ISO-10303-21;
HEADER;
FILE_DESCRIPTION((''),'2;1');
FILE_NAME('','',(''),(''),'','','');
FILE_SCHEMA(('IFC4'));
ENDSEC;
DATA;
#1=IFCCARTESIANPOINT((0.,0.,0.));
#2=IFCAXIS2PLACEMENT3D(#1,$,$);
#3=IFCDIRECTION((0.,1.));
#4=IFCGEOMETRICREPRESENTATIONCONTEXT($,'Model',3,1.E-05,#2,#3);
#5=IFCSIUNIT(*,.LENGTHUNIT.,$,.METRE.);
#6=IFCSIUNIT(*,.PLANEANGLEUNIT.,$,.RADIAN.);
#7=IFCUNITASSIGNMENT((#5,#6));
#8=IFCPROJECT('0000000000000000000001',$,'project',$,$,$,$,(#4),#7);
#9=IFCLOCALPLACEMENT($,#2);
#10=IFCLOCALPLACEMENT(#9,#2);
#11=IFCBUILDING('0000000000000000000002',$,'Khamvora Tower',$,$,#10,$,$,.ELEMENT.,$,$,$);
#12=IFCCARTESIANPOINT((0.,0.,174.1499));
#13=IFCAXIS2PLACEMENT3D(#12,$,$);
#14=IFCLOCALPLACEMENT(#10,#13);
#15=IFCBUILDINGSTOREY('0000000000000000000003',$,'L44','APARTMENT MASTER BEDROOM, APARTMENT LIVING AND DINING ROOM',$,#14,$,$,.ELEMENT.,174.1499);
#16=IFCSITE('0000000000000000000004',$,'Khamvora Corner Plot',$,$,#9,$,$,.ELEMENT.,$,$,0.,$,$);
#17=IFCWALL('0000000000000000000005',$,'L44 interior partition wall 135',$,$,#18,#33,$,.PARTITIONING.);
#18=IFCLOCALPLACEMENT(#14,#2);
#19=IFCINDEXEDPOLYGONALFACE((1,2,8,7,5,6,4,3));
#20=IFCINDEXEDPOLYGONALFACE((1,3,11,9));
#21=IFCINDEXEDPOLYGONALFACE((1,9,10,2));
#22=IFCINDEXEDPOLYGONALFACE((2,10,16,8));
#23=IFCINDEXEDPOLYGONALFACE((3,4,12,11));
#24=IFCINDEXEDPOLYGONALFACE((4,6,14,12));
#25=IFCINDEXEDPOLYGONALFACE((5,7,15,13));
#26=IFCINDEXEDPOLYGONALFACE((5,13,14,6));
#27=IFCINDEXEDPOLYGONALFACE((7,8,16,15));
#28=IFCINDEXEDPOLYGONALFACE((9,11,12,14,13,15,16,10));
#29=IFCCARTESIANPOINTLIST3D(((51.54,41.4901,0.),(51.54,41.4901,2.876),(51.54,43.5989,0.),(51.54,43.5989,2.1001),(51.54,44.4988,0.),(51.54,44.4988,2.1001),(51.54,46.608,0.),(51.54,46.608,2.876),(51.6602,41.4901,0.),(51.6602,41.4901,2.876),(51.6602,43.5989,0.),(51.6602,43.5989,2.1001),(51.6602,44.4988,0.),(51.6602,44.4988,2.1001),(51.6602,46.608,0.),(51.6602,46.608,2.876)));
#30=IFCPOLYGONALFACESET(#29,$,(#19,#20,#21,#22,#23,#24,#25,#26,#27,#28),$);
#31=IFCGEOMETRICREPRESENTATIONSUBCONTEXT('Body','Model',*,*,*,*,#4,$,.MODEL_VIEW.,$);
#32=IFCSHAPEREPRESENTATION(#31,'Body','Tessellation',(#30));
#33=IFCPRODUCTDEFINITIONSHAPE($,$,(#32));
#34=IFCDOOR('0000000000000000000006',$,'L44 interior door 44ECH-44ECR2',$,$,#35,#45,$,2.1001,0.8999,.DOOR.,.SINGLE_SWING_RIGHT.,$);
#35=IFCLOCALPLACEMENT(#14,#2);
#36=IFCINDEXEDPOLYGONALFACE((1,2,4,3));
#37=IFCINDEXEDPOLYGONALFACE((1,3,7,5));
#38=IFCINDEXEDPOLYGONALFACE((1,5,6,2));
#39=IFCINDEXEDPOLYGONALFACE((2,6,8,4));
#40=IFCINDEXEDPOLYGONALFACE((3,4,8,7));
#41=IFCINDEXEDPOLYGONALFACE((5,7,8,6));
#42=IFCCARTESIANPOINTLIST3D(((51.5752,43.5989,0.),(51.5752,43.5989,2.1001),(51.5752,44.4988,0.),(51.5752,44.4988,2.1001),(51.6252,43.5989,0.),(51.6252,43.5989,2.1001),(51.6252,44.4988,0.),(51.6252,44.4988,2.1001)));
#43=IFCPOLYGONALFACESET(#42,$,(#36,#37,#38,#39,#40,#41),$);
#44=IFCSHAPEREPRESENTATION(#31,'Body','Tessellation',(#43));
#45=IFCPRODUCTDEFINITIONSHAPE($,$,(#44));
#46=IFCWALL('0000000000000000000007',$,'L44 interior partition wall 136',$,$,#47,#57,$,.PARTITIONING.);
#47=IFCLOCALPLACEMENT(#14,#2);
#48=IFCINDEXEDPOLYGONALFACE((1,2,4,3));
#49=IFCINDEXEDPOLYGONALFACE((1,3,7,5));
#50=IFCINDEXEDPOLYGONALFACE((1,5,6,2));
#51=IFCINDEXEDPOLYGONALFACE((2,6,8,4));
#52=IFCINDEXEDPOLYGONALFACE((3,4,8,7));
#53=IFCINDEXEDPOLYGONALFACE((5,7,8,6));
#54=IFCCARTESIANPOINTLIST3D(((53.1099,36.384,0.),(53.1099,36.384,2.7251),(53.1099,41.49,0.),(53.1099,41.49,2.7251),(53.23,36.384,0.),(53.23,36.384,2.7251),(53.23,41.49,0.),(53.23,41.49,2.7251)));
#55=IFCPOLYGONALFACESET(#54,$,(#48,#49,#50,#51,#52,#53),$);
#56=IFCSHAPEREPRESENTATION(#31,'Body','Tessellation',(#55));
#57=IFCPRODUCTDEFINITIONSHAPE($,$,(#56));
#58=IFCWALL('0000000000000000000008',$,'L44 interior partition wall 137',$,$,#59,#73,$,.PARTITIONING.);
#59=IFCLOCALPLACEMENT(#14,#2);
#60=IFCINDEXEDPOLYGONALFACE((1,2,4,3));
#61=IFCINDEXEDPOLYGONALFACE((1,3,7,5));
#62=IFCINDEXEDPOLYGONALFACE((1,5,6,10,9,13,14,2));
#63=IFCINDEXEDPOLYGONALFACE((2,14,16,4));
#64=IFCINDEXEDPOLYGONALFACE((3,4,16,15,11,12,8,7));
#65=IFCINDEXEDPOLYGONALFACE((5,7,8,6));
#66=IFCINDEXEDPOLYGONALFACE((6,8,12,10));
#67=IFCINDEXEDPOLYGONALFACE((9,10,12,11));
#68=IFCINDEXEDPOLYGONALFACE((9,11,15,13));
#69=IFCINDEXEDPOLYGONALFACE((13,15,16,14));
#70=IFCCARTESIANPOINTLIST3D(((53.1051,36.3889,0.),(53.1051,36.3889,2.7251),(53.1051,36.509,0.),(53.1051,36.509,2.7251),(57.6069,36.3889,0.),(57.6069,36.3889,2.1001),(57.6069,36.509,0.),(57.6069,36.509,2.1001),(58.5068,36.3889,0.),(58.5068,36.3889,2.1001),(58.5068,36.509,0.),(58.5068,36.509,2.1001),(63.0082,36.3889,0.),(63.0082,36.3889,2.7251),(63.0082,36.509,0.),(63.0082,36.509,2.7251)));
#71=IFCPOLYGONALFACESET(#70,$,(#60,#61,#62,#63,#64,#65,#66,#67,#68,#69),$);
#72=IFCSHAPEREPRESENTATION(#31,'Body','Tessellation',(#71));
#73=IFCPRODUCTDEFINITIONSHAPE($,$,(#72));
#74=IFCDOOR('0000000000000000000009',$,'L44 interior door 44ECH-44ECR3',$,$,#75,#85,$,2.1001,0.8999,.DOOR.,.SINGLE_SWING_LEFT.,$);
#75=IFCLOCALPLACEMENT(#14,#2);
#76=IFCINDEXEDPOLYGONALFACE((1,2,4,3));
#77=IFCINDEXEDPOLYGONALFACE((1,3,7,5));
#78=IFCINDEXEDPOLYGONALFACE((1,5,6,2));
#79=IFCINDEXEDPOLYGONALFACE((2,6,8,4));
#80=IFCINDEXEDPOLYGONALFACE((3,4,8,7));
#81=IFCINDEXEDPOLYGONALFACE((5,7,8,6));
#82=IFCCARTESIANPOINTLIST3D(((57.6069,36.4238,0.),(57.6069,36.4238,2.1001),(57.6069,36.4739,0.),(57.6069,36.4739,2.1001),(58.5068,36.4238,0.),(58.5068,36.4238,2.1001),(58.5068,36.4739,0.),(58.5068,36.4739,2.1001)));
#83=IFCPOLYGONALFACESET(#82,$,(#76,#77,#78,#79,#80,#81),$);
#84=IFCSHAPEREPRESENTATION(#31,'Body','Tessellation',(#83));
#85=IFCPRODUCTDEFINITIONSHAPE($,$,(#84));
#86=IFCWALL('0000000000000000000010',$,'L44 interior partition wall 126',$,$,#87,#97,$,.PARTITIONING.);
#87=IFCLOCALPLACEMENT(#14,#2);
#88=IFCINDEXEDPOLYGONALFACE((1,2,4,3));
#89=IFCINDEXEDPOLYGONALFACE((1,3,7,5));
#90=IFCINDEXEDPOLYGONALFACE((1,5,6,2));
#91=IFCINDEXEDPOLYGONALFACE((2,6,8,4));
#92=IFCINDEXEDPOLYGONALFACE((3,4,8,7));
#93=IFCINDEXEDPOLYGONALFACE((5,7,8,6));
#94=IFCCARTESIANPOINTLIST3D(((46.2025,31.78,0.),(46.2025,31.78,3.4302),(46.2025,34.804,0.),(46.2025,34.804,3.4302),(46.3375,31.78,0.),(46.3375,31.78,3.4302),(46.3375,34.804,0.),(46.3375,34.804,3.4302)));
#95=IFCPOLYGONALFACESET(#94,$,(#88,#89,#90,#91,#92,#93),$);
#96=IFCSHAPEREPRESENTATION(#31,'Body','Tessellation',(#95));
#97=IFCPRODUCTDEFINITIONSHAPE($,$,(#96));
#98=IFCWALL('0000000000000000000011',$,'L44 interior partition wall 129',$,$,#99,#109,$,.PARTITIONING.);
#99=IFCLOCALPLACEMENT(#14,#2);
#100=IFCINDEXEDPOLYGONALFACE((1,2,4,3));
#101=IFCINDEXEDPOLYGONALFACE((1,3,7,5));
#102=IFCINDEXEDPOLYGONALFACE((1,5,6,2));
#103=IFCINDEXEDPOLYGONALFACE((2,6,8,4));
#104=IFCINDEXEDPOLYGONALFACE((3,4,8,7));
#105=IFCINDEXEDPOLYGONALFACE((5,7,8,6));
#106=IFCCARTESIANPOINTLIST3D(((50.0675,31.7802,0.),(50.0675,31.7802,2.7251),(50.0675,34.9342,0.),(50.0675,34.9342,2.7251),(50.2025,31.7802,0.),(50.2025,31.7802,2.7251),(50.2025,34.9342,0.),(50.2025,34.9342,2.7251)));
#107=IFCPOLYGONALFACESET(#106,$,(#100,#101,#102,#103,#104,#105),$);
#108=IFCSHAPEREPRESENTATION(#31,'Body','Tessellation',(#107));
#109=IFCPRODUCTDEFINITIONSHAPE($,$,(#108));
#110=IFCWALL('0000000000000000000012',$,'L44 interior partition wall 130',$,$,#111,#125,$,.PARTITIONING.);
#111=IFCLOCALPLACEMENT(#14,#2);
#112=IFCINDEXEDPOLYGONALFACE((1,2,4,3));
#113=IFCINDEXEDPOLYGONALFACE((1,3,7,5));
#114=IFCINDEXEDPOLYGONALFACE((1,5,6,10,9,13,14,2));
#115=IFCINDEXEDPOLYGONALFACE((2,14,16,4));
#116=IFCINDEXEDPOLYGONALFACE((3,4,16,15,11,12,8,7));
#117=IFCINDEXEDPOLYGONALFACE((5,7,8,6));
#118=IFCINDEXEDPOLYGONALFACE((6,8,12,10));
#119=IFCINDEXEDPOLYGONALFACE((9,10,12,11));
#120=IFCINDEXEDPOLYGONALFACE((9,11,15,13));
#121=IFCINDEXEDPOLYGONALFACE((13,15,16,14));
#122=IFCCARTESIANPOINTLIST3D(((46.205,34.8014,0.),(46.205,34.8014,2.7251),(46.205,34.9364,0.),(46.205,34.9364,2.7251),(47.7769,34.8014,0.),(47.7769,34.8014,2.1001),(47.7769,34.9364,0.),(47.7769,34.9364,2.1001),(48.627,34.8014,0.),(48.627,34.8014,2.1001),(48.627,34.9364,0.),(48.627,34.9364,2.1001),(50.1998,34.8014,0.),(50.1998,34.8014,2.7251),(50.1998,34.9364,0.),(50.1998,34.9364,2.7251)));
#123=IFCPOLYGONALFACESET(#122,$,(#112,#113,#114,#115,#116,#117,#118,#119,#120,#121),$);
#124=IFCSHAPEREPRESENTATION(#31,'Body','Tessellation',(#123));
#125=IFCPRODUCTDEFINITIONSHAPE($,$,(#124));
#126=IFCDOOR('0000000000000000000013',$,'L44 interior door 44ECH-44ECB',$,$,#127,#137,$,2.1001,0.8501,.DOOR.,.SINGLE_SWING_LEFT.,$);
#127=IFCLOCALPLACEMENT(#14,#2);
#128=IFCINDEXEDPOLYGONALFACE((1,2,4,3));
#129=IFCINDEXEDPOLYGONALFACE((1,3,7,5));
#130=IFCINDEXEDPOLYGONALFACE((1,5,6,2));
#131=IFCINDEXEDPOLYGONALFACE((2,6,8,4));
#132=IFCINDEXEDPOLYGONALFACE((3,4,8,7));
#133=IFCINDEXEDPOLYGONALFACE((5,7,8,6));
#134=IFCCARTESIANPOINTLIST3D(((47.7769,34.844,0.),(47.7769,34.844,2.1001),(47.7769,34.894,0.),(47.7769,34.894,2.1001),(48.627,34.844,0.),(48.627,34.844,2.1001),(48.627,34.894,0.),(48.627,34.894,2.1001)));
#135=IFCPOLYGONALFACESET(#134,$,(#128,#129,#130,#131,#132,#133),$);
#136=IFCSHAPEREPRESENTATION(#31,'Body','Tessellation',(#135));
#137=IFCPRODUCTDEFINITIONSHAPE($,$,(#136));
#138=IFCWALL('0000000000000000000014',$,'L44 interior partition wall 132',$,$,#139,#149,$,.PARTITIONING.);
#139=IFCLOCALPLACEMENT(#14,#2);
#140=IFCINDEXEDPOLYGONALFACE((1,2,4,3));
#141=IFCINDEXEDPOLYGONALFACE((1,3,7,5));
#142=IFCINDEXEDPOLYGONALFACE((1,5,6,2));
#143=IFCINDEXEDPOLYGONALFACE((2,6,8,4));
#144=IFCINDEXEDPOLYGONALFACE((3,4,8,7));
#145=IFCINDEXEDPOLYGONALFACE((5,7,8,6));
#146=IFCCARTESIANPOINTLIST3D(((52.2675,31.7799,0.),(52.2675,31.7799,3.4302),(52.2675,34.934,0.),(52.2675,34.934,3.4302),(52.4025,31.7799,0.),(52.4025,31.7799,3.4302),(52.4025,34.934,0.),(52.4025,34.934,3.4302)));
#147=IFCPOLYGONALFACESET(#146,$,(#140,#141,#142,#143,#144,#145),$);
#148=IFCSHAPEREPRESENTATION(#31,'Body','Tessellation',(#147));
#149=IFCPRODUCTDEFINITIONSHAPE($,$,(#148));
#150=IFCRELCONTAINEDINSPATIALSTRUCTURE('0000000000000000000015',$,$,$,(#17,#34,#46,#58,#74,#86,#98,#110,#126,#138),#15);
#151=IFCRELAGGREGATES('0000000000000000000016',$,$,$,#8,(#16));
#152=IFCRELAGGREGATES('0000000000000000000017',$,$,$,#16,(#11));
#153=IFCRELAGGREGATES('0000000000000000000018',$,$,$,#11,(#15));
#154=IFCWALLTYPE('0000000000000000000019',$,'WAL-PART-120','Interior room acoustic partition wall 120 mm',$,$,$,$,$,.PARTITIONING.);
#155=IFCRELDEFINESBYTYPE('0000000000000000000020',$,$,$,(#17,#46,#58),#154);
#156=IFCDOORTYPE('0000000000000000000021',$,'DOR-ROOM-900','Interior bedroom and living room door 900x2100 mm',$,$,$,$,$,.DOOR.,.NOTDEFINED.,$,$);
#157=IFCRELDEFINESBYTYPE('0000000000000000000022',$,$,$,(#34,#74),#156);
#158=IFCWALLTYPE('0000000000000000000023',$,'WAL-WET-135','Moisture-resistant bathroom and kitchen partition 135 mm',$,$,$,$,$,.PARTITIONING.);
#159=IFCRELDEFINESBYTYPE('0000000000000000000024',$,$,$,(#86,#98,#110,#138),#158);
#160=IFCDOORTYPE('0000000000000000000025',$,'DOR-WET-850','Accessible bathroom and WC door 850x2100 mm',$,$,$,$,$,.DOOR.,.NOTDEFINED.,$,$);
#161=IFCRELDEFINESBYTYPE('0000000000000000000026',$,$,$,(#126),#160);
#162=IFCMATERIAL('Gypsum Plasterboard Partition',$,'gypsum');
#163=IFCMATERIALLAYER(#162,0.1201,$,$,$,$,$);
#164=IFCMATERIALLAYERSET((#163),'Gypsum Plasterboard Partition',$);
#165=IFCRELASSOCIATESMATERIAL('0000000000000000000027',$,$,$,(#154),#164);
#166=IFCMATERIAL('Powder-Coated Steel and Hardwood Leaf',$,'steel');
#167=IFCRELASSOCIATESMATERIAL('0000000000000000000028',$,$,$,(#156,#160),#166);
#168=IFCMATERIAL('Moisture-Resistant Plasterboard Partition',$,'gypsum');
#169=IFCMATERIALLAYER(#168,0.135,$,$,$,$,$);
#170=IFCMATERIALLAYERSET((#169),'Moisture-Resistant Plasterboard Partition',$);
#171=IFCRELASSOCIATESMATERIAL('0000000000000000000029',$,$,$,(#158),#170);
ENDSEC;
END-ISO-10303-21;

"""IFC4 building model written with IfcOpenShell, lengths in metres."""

from ifc_helpers import new_model, si_unit, direction, frame, frame_2d, origin, place, context, subcontext, project, spatial, rectangle, extrude, material, layer, layer_set, type_object, element, fill, save


model = new_model("IFC4")

# Units and contexts
model_context = context("Model", 3, precision=1e-05, world=origin(), true_north=direction((0.0, 1.0)))
body_context = subcontext(model_context, "Body", "Model", "MODEL_VIEW")
ifc_project = project(units=[si_unit("LENGTHUNIT", "METRE"), si_unit("PLANEANGLEUNIT", "RADIAN")], contexts=[model_context])

# Site, building, storey
site_placement = place(None, origin())
site = spatial("IfcSite", under=ifc_project, at=site_placement, Name="Khamvora Corner Plot", CompositionType="ELEMENT", RefElevation=0.0)
building_placement = place(site_placement, origin())
building = spatial("IfcBuilding", under=site, at=building_placement, Name="Khamvora Tower", CompositionType="ELEMENT")
storey_placement = place(building_placement, frame((0.0, 0.0, 174.1499)))
storey = spatial("IfcBuildingStorey", under=building, at=storey_placement, Name="L44", Description="APARTMENT MASTER BEDROOM, APARTMENT LIVING AND DINING ROOM", CompositionType="ELEMENT", Elevation=174.1499)

# Shared definitions
ifc_material_1 = material(Name="Powder-Coated Steel and Hardwood Leaf", Category="steel")

# Shared definitions
ifc_material_2 = material(Name="Gypsum Plasterboard Partition", Category="gypsum")
ifc_layer_1 = layer(ifc_material_2, 0.1201)
ifc_layer_set_1 = layer_set([ifc_layer_1], Name="Gypsum Plasterboard Partition")
wall_type_1 = type_object("IfcWallType", Name="WAL-PART-120", Description="Interior room acoustic partition wall 120 mm", PredefinedType="PARTITIONING", material=ifc_layer_set_1)

# Wall, opening, door
wall_1_placement = place(storey_placement, frame((51.6001, 41.49, 0.0), z_axis=(0.0, 0.0, 1.0), x_axis=(0.0, 1.0, 0.0)))
wall_1 = element("IfcWall", 1, at=wall_1_placement, inside=storey, type_object=wall_type_1, Name="L44 interior partition wall 135", PredefinedType="PARTITIONING", context=body_context, shape_type="SweptSolid", body=[
    extrude(rectangle(XDim=5.1179, YDim=0.1201, at=frame_2d((2.5591, 0.0))), origin(), (0.0, 0.0, 1.0), 2.876),
])
opening_1_placement = place(wall_1_placement, frame((2.1089, 0.0, 0.0)))
opening_1 = element("IfcOpeningElement", 2, at=opening_1_placement, cuts=wall_1, PredefinedType="OPENING", context=body_context, shape_type="SweptSolid", body=[
    extrude(rectangle(XDim=0.8999, YDim=2.1001, at=frame_2d((0.45, 1.05))), frame((0.0, 0.0701, 0.0), z_axis=(0.0, -1.0, 0.0), x_axis=(1.0, 0.0, 0.0)), (0.0, 0.0, 1.0), 0.1401),
])
door_type_1 = type_object("IfcDoorType", Name="DOR-ROOM-900", Description="Interior bedroom and living room door 900x2100 mm", OperationType="NOTDEFINED", PredefinedType="DOOR", material=ifc_material_1)
door_1_placement = place(opening_1_placement, origin())
door_1 = element("IfcDoor", 3, at=door_1_placement, inside=storey, type_object=door_type_1, Name="L44 interior door 44ECH-44ECR2", OperationType="SINGLE_SWING_RIGHT", OverallHeight=2.1001, OverallWidth=0.8999, PredefinedType="DOOR", context=body_context, shape_type="SweptSolid", body=[
    extrude(rectangle(XDim=0.8999, YDim=2.1001, at=frame_2d((0.45, 1.05))), frame((0.0, 0.0249, 0.0), z_axis=(0.0, -1.0, 0.0), x_axis=(1.0, 0.0, 0.0)), (0.0, 0.0, 1.0), 0.05),
])
fill(opening_1, door_1)

# Wall
wall_2_placement = place(storey_placement, frame((53.1699, 41.49, 0.0), z_axis=(0.0, 0.0, 1.0), x_axis=(0.0, -1.0, 0.0)))
element("IfcWall", 4, at=wall_2_placement, inside=storey, type_object=wall_type_1, Name="L44 interior partition wall 136", PredefinedType="PARTITIONING", context=body_context, shape_type="SweptSolid", body=[
    extrude(rectangle(XDim=5.106, YDim=0.1201, at=frame_2d((2.553, 0.0))), origin(), (0.0, 0.0, 1.0), 2.7251),
])

# Wall, opening, door
wall_3_placement = place(storey_placement, frame((53.105, 36.449, 0.0), z_axis=(0.0, 0.0, 1.0), x_axis=(1.0, 0.0, 0.0)))
wall_3 = element("IfcWall", 5, at=wall_3_placement, inside=storey, type_object=wall_type_1, Name="L44 interior partition wall 137", PredefinedType="PARTITIONING", context=body_context, shape_type="SweptSolid", body=[
    extrude(rectangle(XDim=9.9031, YDim=0.1201, at=frame_2d((4.9517, 0.0))), origin(), (0.0, 0.0, 1.0), 2.7251),
])
opening_2_placement = place(wall_3_placement, frame((4.502, 0.0, 0.0)))
opening_2 = element("IfcOpeningElement", 6, at=opening_2_placement, cuts=wall_3, PredefinedType="OPENING", context=body_context, shape_type="SweptSolid", body=[
    extrude(rectangle(XDim=0.8999, YDim=2.1001, at=frame_2d((0.45, 1.05))), frame((0.0, 0.0701, 0.0), z_axis=(0.0, -1.0, 0.0), x_axis=(1.0, 0.0, 0.0)), (0.0, 0.0, 1.0), 0.1401),
])
door_2_placement = place(opening_2_placement, origin())
door_2 = element("IfcDoor", 7, at=door_2_placement, inside=storey, type_object=door_type_1, Name="L44 interior door 44ECH-44ECR3", OperationType="SINGLE_SWING_LEFT", OverallHeight=2.1001, OverallWidth=0.8999, PredefinedType="DOOR", context=body_context, shape_type="SweptSolid", body=[
    extrude(rectangle(XDim=0.8999, YDim=2.1001, at=frame_2d((0.45, 1.05))), frame((0.0, 0.0249, 0.0), z_axis=(0.0, -1.0, 0.0), x_axis=(1.0, 0.0, 0.0)), (0.0, 0.0, 1.0), 0.05),
])
fill(opening_2, door_2)

# Walls
ifc_material_3 = material(Name="Moisture-Resistant Plasterboard Partition", Category="gypsum")
ifc_layer_2 = layer(ifc_material_3, 0.135)
ifc_layer_set_2 = layer_set([ifc_layer_2], Name="Moisture-Resistant Plasterboard Partition")
wall_type_2 = type_object("IfcWallType", Name="WAL-WET-135", Description="Moisture-resistant bathroom and kitchen partition 135 mm", PredefinedType="PARTITIONING", material=ifc_layer_set_2)
wall_4_placement = place(storey_placement, frame((46.27, 34.804, 0.0), z_axis=(0.0, 0.0, 1.0), x_axis=(0.0, -1.0, 0.0)))
element("IfcWall", 8, at=wall_4_placement, inside=storey, type_object=wall_type_2, Name="L44 interior partition wall 126", PredefinedType="PARTITIONING", context=body_context, shape_type="SweptSolid", body=[
    extrude(rectangle(XDim=3.0239, YDim=0.135, at=frame_2d((1.512, 0.0))), origin(), (0.0, 0.0, 1.0), 3.4302),
])
wall_5_placement = place(storey_placement, frame((50.135, 31.78, 0.0), z_axis=(0.0, 0.0, 1.0), x_axis=(0.0, 1.0, 0.0)))
element("IfcWall", 9, at=wall_5_placement, inside=storey, type_object=wall_type_2, Name="L44 interior partition wall 129", PredefinedType="PARTITIONING", context=body_context, shape_type="SweptSolid", body=[
    extrude(rectangle(XDim=3.1541, YDim=0.135, at=frame_2d((1.5771, 0.0))), origin(), (0.0, 0.0, 1.0), 2.7251),
])

# Wall, opening, door
wall_6_placement = place(storey_placement, frame((50.2, 34.8689, 0.0), z_axis=(0.0, 0.0, 1.0), x_axis=(-1.0, 0.0, 0.0)))
wall_6 = element("IfcWall", 10, at=wall_6_placement, inside=storey, type_object=wall_type_2, Name="L44 interior partition wall 130", PredefinedType="PARTITIONING", context=body_context, shape_type="SweptSolid", body=[
    extrude(rectangle(XDim=3.9949, YDim=0.135, at=frame_2d((1.9976, 0.0))), origin(), (0.0, 0.0, 1.0), 2.7251),
])
opening_3_placement = place(wall_6_placement, frame((1.573, 0.0, 0.0)))
opening_3 = element("IfcOpeningElement", 11, at=opening_3_placement, cuts=wall_6, PredefinedType="OPENING", context=body_context, shape_type="SweptSolid", body=[
    extrude(rectangle(XDim=0.8501, YDim=2.1001, at=frame_2d((0.425, 1.05))), frame((0.0, 0.0774, 0.0), z_axis=(0.0, -1.0, 0.0), x_axis=(1.0, 0.0, 0.0)), (0.0, 0.0, 1.0), 0.155),
])
door_type_2 = type_object("IfcDoorType", Name="DOR-WET-850", Description="Accessible bathroom and WC door 850x2100 mm", OperationType="NOTDEFINED", PredefinedType="DOOR", material=ifc_material_1)
door_3_placement = place(opening_3_placement, origin())
door_3 = element("IfcDoor", 12, at=door_3_placement, inside=storey, type_object=door_type_2, Name="L44 interior door 44ECH-44ECB", OperationType="SINGLE_SWING_LEFT", OverallHeight=2.1001, OverallWidth=0.8501, PredefinedType="DOOR", context=body_context, shape_type="SweptSolid", body=[
    extrude(rectangle(XDim=0.8501, YDim=2.1001, at=frame_2d((0.425, 1.05))), frame((0.0, 0.0249, 0.0), z_axis=(0.0, -1.0, 0.0), x_axis=(1.0, 0.0, 0.0)), (0.0, 0.0, 1.0), 0.05),
])
fill(opening_3, door_3)

# Wall
wall_7_placement = place(storey_placement, frame((52.335, 34.9341, 0.0), z_axis=(0.0, 0.0, 1.0), x_axis=(0.0, -1.0, 0.0)))
element("IfcWall", 13, at=wall_7_placement, inside=storey, type_object=wall_type_2, Name="L44 interior partition wall 132", PredefinedType="PARTITIONING", context=body_context, shape_type="SweptSolid", body=[
    extrude(rectangle(XDim=3.1541, YDim=0.135, at=frame_2d((1.5771, 0.0))), origin(), (0.0, 0.0, 1.0), 3.4302),
])

save(model, "model.ifc")
